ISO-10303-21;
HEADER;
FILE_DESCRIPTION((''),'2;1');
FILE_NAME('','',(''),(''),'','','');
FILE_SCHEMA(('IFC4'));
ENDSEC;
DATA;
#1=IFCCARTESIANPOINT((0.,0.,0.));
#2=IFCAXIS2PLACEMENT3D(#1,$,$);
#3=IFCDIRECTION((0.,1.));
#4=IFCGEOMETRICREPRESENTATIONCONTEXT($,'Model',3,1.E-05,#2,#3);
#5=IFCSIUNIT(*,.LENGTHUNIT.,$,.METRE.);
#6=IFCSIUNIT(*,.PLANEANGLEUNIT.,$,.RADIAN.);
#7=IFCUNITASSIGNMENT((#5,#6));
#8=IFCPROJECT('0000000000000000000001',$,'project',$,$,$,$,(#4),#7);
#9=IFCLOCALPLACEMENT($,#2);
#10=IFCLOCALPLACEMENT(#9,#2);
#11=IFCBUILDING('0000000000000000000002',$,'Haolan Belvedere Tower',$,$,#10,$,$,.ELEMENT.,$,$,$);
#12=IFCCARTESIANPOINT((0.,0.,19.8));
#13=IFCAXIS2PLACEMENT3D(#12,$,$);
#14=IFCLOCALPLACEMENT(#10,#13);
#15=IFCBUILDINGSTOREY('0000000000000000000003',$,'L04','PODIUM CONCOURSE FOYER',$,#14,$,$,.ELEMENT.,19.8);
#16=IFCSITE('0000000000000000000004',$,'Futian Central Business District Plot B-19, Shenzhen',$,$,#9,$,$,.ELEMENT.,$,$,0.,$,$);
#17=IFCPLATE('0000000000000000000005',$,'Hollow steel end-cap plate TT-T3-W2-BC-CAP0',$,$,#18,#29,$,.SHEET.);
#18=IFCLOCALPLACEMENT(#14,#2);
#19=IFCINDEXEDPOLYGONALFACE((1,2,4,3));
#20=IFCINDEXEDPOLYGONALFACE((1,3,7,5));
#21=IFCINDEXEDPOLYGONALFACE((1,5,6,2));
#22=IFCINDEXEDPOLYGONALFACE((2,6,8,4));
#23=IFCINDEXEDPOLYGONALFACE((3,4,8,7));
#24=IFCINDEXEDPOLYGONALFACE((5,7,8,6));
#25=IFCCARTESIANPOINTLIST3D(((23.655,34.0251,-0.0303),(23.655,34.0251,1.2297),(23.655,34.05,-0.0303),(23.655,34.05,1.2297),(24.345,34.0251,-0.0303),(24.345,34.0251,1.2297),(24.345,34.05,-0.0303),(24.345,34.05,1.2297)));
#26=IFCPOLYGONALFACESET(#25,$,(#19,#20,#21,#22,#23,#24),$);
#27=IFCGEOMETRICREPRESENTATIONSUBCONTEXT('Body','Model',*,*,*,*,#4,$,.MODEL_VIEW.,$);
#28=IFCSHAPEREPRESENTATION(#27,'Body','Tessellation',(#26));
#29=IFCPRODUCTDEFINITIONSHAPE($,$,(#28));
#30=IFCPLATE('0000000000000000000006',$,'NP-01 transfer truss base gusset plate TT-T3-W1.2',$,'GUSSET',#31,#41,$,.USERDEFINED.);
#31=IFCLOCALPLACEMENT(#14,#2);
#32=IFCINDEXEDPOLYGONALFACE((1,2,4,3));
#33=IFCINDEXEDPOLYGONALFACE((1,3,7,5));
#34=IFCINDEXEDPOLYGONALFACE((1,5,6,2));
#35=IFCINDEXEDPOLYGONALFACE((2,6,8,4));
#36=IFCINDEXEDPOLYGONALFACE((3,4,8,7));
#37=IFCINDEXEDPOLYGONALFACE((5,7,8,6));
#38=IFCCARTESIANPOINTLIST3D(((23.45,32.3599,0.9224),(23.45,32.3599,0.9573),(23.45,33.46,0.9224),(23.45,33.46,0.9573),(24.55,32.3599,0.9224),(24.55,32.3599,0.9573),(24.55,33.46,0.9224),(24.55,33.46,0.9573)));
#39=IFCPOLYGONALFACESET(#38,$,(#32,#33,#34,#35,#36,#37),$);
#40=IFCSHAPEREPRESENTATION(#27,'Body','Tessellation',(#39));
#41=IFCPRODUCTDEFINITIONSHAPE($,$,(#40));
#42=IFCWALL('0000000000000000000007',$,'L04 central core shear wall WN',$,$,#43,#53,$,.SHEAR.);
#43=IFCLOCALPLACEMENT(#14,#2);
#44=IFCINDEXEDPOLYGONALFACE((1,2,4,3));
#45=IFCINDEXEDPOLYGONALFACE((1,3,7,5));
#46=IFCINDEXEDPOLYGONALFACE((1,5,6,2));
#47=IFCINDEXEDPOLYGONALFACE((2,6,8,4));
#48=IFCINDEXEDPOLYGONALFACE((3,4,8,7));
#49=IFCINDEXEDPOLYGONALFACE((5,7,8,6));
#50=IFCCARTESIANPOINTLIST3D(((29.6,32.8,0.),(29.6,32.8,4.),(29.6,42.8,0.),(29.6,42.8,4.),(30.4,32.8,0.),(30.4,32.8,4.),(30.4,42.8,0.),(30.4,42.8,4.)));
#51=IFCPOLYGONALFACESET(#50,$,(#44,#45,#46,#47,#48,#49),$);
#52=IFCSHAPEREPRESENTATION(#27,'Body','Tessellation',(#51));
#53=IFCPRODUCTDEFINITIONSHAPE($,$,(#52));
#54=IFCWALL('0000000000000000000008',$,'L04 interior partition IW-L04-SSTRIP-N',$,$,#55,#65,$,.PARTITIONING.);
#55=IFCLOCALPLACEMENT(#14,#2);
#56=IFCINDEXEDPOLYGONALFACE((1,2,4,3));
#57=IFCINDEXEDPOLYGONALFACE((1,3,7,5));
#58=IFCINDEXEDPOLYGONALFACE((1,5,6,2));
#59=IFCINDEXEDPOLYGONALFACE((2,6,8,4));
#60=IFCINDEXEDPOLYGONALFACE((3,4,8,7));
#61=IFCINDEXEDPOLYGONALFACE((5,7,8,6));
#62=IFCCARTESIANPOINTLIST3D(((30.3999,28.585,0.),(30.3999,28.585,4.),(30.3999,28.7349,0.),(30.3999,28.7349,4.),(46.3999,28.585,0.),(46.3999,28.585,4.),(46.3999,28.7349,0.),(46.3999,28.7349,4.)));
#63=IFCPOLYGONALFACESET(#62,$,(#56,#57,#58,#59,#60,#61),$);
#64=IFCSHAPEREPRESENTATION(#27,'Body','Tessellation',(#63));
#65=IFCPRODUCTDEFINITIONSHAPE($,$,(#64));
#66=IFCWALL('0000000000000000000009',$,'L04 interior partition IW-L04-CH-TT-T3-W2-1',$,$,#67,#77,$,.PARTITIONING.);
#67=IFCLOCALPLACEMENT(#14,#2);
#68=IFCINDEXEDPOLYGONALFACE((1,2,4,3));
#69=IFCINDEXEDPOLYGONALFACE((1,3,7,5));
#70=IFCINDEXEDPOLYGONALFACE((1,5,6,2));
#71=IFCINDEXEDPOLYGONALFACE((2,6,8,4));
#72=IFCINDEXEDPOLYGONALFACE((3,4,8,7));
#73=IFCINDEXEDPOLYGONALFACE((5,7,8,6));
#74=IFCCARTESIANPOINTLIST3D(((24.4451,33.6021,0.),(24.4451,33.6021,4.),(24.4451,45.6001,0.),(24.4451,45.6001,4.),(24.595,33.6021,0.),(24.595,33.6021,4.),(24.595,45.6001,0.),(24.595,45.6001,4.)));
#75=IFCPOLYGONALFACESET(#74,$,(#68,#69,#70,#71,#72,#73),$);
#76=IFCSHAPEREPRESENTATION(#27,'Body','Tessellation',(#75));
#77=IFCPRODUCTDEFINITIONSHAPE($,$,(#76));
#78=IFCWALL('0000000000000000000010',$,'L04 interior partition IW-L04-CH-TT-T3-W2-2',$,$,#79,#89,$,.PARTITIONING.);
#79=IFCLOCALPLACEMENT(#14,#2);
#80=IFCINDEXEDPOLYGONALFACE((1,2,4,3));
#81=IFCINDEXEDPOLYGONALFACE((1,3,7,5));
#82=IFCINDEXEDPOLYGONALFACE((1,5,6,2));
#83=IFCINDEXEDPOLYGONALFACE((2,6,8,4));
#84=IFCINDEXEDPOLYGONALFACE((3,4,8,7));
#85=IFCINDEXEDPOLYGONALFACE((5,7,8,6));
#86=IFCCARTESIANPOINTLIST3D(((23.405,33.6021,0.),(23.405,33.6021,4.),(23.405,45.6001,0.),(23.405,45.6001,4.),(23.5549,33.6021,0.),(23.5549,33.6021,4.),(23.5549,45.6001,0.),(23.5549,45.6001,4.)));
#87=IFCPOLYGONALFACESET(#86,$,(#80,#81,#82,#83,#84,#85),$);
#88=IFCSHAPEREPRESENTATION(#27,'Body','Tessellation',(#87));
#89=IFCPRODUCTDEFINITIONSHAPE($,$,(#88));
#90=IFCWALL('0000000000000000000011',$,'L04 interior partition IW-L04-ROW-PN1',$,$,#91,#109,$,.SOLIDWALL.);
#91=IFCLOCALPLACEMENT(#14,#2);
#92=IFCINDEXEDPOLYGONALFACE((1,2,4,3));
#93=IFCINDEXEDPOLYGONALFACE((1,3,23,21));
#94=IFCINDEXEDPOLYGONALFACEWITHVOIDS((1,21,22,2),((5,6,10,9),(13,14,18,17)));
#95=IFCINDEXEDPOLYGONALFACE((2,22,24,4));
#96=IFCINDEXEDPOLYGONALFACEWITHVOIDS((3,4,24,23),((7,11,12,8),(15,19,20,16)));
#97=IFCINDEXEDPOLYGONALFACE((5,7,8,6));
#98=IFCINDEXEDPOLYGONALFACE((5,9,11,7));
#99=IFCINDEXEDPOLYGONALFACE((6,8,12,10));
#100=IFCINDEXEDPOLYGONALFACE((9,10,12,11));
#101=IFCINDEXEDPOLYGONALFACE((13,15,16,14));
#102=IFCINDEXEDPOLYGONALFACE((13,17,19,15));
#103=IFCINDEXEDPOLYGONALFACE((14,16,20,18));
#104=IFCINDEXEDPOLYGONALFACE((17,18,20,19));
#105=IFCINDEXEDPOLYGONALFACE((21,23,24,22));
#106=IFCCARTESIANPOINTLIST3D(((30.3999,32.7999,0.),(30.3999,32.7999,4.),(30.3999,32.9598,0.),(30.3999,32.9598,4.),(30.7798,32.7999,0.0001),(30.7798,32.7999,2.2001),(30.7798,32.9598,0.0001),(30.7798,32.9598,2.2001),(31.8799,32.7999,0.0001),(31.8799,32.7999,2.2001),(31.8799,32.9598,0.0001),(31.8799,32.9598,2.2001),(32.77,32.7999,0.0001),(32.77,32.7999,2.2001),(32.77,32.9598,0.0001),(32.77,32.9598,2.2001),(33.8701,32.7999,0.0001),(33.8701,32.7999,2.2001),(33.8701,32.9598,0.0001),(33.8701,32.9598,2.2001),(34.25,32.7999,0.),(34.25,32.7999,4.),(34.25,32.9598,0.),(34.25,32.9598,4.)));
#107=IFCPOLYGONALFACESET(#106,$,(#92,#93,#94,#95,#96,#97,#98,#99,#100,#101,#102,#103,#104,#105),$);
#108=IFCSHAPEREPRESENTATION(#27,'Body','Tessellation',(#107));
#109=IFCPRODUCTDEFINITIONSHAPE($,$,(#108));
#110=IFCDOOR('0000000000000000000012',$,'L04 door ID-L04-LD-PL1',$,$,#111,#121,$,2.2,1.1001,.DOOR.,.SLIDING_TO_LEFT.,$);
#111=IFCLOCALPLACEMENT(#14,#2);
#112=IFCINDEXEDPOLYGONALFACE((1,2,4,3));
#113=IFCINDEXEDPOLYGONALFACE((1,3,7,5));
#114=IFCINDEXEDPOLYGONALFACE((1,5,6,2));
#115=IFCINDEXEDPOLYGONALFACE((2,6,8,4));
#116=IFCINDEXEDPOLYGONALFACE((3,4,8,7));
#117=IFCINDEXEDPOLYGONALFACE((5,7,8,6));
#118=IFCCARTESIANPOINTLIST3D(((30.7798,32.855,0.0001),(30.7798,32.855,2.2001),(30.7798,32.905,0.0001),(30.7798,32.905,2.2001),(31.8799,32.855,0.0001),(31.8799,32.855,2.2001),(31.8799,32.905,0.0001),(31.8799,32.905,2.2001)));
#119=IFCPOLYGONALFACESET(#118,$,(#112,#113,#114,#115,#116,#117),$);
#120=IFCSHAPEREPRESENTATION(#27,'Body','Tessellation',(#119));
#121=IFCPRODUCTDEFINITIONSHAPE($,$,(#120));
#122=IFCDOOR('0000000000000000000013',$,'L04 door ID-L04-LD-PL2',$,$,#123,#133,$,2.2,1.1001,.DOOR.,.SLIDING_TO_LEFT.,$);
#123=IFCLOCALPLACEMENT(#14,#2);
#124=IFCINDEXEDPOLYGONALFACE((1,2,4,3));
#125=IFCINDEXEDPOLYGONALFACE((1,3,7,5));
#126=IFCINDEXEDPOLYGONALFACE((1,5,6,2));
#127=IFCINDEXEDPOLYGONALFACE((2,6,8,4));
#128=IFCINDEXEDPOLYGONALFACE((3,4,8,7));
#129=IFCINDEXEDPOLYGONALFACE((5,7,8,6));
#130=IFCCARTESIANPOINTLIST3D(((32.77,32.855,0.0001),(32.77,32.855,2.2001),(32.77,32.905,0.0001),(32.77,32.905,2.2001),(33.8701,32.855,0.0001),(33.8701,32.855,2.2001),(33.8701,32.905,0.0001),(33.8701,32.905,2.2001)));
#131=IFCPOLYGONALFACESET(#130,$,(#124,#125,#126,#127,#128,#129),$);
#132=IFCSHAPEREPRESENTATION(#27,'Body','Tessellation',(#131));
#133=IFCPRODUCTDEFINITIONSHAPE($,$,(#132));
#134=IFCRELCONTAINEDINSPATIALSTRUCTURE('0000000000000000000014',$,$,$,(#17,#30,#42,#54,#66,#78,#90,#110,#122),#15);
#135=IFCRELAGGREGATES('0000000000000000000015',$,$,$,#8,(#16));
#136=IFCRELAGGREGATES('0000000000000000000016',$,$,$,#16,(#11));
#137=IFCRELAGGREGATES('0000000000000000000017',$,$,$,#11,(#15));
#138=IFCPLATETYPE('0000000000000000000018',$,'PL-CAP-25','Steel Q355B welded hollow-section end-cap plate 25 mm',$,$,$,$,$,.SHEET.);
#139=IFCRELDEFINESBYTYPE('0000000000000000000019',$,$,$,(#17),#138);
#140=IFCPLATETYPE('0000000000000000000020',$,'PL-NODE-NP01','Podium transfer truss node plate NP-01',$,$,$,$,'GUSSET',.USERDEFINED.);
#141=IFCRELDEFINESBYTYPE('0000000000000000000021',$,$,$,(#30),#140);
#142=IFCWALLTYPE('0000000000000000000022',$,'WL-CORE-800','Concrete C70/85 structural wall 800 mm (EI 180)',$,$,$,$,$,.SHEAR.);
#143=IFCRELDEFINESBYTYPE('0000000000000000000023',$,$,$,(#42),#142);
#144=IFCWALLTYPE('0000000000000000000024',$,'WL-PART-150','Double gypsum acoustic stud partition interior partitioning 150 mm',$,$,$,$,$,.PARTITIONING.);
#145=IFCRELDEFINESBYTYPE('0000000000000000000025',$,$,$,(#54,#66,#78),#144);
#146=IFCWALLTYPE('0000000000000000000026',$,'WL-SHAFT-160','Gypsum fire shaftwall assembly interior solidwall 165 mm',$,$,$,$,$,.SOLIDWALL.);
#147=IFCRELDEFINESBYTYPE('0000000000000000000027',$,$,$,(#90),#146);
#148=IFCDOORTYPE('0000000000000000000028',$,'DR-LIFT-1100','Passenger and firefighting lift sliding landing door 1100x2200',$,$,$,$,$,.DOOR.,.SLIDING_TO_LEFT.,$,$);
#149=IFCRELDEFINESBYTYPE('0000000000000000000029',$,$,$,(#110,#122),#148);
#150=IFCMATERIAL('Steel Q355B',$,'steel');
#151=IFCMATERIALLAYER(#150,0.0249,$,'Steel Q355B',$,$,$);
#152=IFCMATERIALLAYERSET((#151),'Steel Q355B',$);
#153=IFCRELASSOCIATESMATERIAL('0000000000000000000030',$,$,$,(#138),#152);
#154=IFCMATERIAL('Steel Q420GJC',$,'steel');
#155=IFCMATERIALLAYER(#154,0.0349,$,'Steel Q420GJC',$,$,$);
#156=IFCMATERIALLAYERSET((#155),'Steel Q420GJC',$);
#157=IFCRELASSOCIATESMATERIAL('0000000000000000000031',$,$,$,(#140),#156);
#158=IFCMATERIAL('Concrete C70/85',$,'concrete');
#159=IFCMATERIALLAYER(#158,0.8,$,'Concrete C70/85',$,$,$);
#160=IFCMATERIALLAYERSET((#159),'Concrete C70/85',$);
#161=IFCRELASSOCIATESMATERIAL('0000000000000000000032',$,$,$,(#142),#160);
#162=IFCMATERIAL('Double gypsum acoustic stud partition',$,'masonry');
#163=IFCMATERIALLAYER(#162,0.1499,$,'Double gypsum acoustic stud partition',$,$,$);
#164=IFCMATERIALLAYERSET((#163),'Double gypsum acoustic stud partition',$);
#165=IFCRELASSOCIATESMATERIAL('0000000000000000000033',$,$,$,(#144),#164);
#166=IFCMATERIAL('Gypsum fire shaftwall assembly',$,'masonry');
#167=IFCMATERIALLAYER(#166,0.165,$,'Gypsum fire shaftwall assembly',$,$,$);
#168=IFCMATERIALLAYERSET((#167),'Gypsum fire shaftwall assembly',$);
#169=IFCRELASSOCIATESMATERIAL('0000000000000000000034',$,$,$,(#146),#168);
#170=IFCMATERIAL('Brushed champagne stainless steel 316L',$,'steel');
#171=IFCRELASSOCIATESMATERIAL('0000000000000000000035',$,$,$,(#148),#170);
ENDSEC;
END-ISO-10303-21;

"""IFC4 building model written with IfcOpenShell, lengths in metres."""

from ifc_helpers import new_model, si_unit, direction, frame, frame_2d, origin, origin_2d, place, context, subcontext, project, spatial, rectangle, extrude, material, layer, layer_set, type_object, element, fill, save


model = new_model("IFC4")

# Units and contexts
model_context = context("Model", 3, precision=1e-05, world=origin(), true_north=direction((0.0, 1.0)))
body_context = subcontext(model_context, "Body", "Model", "MODEL_VIEW")
ifc_project = project(units=[si_unit("LENGTHUNIT", "METRE"), si_unit("PLANEANGLEUNIT", "RADIAN")], contexts=[model_context])

# Site, building, storey
site_placement = place(None, origin())
site = spatial("IfcSite", under=ifc_project, at=site_placement, Name="Futian Central Business District Plot B-19, Shenzhen", CompositionType="ELEMENT", RefElevation=0.0)
building_placement = place(site_placement, origin())
building = spatial("IfcBuilding", under=site, at=building_placement, Name="Haolan Belvedere Tower", CompositionType="ELEMENT")
storey_placement = place(building_placement, frame((0.0, 0.0, 19.8)))
storey = spatial("IfcBuildingStorey", under=building, at=storey_placement, Name="L04", Description="PODIUM CONCOURSE FOYER", CompositionType="ELEMENT", Elevation=19.8)

# Shared definitions
ifc_material_1 = material(Name="Steel Q355B", Category="steel")

# Shared definitions
ifc_material_2 = material(Name="Steel Q420GJC", Category="steel")

# Plates
ifc_layer_1 = layer(ifc_material_1, 0.0249, Name="Steel Q355B")
ifc_layer_set_1 = layer_set([ifc_layer_1], Name="Steel Q355B")
plate_type_1 = type_object("IfcPlateType", Name="PL-CAP-25", Description="Steel Q355B welded hollow-section end-cap plate 25 mm", PredefinedType="SHEET", material=ifc_layer_set_1)
for number, where, z_axis, x_axis, name in (
    (1, (24.0, 34.0376, -0.0303), (0.0, 0.0, 1.0), (1.0, 0.0, 0.0), "Hollow steel end-cap plate TT-T3-W2-BC-CAP0"),
):
    element("IfcPlate", number, at=place(storey_placement, frame(where, z_axis=z_axis, x_axis=x_axis)), inside=storey, type_object=plate_type_1, Name=name, PredefinedType="SHEET", context=body_context, shape_type="SweptSolid", body=[
        extrude(rectangle(XDim=0.6899, YDim=0.0249, at=origin_2d()), origin(), (0.0, 0.0, 1.0), 1.26),
    ])
ifc_layer_2 = layer(ifc_material_2, 0.0349, Name="Steel Q420GJC")
ifc_layer_set_2 = layer_set([ifc_layer_2], Name="Steel Q420GJC")
plate_type_2 = type_object("IfcPlateType", Name="PL-NODE-NP01", Description="Podium transfer truss node plate NP-01", ElementType="GUSSET", PredefinedType="USERDEFINED", material=ifc_layer_set_2)
plate_1_placement = place(storey_placement, frame((24.0, 32.9099, 0.9224), z_axis=(0.0, 0.0, 1.0), x_axis=(1.0, 0.0, 0.0)))
element("IfcPlate", 2, at=plate_1_placement, inside=storey, type_object=plate_type_2, Name="NP-01 transfer truss base gusset plate TT-T3-W1.2", ObjectType="GUSSET", PredefinedType="USERDEFINED", context=body_context, shape_type="SweptSolid", body=[
    extrude(rectangle(XDim=1.1001, YDim=1.1001, at=origin_2d()), origin(), (0.0, 0.0, 1.0), 0.0349),
])

# Walls
ifc_material_3 = material(Name="Concrete C70/85", Category="concrete")
ifc_layer_3 = layer(ifc_material_3, 0.8, Name="Concrete C70/85")
ifc_layer_set_3 = layer_set([ifc_layer_3], Name="Concrete C70/85")
wall_type_1 = type_object("IfcWallType", Name="WL-CORE-800", Description="Concrete C70/85 structural wall 800 mm (EI 180)", PredefinedType="SHEAR", material=ifc_layer_set_3)
wall_1_placement = place(storey_placement, frame((30.0, 32.8, 0.0), z_axis=(0.0, 0.0, 1.0), x_axis=(0.0, 1.0, 0.0)))
element("IfcWall", 3, at=wall_1_placement, inside=storey, type_object=wall_type_1, Name="L04 central core shear wall WN", PredefinedType="SHEAR", context=body_context, shape_type="SweptSolid", body=[
    extrude(rectangle(XDim=10.0, YDim=0.8, at=frame_2d((5.0, 0.0))), origin(), (0.0, 0.0, 1.0), 4.0),
])
ifc_material_4 = material(Name="Double gypsum acoustic stud partition", Category="masonry")
ifc_layer_4 = layer(ifc_material_4, 0.1499, Name="Double gypsum acoustic stud partition")
ifc_layer_set_4 = layer_set([ifc_layer_4], Name="Double gypsum acoustic stud partition")
wall_type_2 = type_object("IfcWallType", Name="WL-PART-150", Description="Double gypsum acoustic stud partition interior partitioning 150 mm", PredefinedType="PARTITIONING", material=ifc_layer_set_4)
wall_2_placement = place(storey_placement, frame((30.3999, 28.6599, 0.0), z_axis=(0.0, 0.0, 1.0), x_axis=(1.0, 0.0, 0.0)))
element("IfcWall", 4, at=wall_2_placement, inside=storey, type_object=wall_type_2, Name="L04 interior partition IW-L04-SSTRIP-N", PredefinedType="PARTITIONING", context=body_context, shape_type="SweptSolid", body=[
    extrude(rectangle(XDim=16.0, YDim=0.1499, at=frame_2d((8.0, 0.0))), origin(), (0.0, 0.0, 1.0), 4.0),
])
for number, where, z_axis, x_axis, name in (
    (5, (24.52, 33.6021, 0.0), (0.0, 0.0, 1.0), (0.0, 1.0, 0.0), "L04 interior partition IW-L04-CH-TT-T3-W2-1"),
    (6, (23.48, 33.6021, 0.0), (0.0, 0.0, 1.0), (0.0, 1.0, 0.0), "L04 interior partition IW-L04-CH-TT-T3-W2-2"),
):
    element("IfcWall", number, at=place(storey_placement, frame(where, z_axis=z_axis, x_axis=x_axis)), inside=storey, type_object=wall_type_2, Name=name, PredefinedType="PARTITIONING", context=body_context, shape_type="SweptSolid", body=[
        extrude(rectangle(XDim=11.998, YDim=0.1499, at=frame_2d((5.999, 0.0))), origin(), (0.0, 0.0, 1.0), 4.0),
    ])

# Wall, openings, doors
ifc_material_5 = material(Name="Gypsum fire shaftwall assembly", Category="masonry")
ifc_layer_5 = layer(ifc_material_5, 0.165, Name="Gypsum fire shaftwall assembly")
ifc_layer_set_5 = layer_set([ifc_layer_5], Name="Gypsum fire shaftwall assembly")
wall_type_3 = type_object("IfcWallType", Name="WL-SHAFT-160", Description="Gypsum fire shaftwall assembly interior solidwall 165 mm", PredefinedType="SOLIDWALL", material=ifc_layer_set_5)
wall_3_placement = place(storey_placement, frame((30.3999, 32.8799, 0.0), z_axis=(0.0, 0.0, 1.0), x_axis=(1.0, 0.0, 0.0)))
wall_3 = element("IfcWall", 7, at=wall_3_placement, inside=storey, type_object=wall_type_3, Name="L04 interior partition IW-L04-ROW-PN1", PredefinedType="SOLIDWALL", context=body_context, shape_type="SweptSolid", body=[
    extrude(rectangle(XDim=3.8501, YDim=0.1599, at=frame_2d((1.925, 0.0))), origin(), (0.0, 0.0, 1.0), 4.0),
])
opening_1_placement = place(wall_3_placement, frame((1.48, 0.0, 0.0), z_axis=(0.0, 0.0, 1.0), x_axis=(-1.0, 0.0, 0.0)))
opening_1 = element("IfcOpeningElement", 8, at=opening_1_placement, cuts=wall_3, PredefinedType="OPENING", context=body_context, shape_type="SweptSolid", body=[
    extrude(rectangle(XDim=1.1001, YDim=2.2, at=frame_2d((0.55, 1.1001))), frame((0.0, 0.0898, 0.0), z_axis=(0.0, -1.0, 0.0), x_axis=(1.0, 0.0, 0.0)), (0.0, 0.0, 1.0), 0.1799),
])
opening_2_placement = place(wall_3_placement, frame((3.4702, 0.0, 0.0), z_axis=(0.0, 0.0, 1.0), x_axis=(-1.0, 0.0, 0.0)))
opening_2 = element("IfcOpeningElement", 9, at=opening_2_placement, cuts=wall_3, PredefinedType="OPENING", context=body_context, shape_type="SweptSolid", body=[
    extrude(rectangle(XDim=1.1001, YDim=2.2, at=frame_2d((0.55, 1.1001))), frame((0.0, 0.0898, 0.0), z_axis=(0.0, -1.0, 0.0), x_axis=(1.0, 0.0, 0.0)), (0.0, 0.0, 1.0), 0.1799),
])
ifc_material_6 = material(Name="Brushed champagne stainless steel 316L", Category="steel")
door_type = type_object("IfcDoorType", Name="DR-LIFT-1100", Description="Passenger and firefighting lift sliding landing door 1100x2200", OperationType="SLIDING_TO_LEFT", PredefinedType="DOOR", material=ifc_material_6)
door_1_placement = place(opening_1_placement, origin())
door_1 = element("IfcDoor", 10, at=door_1_placement, inside=storey, type_object=door_type, Name="L04 door ID-L04-LD-PL1", OperationType="SLIDING_TO_LEFT", OverallHeight=2.2, OverallWidth=1.1001, PredefinedType="DOOR", context=body_context, shape_type="SweptSolid", body=[
    extrude(rectangle(XDim=1.1001, YDim=2.2, at=frame_2d((0.55, 1.1001))), frame((0.0, 0.0249, 0.0), z_axis=(0.0, -1.0, 0.0), x_axis=(1.0, 0.0, 0.0)), (0.0, 0.0, 1.0), 0.05),
])
fill(opening_1, door_1)
door_2_placement = place(opening_2_placement, origin())
door_2 = element("IfcDoor", 11, at=door_2_placement, inside=storey, type_object=door_type, Name="L04 door ID-L04-LD-PL2", OperationType="SLIDING_TO_LEFT", OverallHeight=2.2, OverallWidth=1.1001, PredefinedType="DOOR", context=body_context, shape_type="SweptSolid", body=[
    extrude(rectangle(XDim=1.1001, YDim=2.2, at=frame_2d((0.55, 1.1001))), frame((0.0, 0.0249, 0.0), z_axis=(0.0, -1.0, 0.0), x_axis=(1.0, 0.0, 0.0)), (0.0, 0.0, 1.0), 0.05),
])
fill(opening_2, door_2)

save(model, "model.ifc")
